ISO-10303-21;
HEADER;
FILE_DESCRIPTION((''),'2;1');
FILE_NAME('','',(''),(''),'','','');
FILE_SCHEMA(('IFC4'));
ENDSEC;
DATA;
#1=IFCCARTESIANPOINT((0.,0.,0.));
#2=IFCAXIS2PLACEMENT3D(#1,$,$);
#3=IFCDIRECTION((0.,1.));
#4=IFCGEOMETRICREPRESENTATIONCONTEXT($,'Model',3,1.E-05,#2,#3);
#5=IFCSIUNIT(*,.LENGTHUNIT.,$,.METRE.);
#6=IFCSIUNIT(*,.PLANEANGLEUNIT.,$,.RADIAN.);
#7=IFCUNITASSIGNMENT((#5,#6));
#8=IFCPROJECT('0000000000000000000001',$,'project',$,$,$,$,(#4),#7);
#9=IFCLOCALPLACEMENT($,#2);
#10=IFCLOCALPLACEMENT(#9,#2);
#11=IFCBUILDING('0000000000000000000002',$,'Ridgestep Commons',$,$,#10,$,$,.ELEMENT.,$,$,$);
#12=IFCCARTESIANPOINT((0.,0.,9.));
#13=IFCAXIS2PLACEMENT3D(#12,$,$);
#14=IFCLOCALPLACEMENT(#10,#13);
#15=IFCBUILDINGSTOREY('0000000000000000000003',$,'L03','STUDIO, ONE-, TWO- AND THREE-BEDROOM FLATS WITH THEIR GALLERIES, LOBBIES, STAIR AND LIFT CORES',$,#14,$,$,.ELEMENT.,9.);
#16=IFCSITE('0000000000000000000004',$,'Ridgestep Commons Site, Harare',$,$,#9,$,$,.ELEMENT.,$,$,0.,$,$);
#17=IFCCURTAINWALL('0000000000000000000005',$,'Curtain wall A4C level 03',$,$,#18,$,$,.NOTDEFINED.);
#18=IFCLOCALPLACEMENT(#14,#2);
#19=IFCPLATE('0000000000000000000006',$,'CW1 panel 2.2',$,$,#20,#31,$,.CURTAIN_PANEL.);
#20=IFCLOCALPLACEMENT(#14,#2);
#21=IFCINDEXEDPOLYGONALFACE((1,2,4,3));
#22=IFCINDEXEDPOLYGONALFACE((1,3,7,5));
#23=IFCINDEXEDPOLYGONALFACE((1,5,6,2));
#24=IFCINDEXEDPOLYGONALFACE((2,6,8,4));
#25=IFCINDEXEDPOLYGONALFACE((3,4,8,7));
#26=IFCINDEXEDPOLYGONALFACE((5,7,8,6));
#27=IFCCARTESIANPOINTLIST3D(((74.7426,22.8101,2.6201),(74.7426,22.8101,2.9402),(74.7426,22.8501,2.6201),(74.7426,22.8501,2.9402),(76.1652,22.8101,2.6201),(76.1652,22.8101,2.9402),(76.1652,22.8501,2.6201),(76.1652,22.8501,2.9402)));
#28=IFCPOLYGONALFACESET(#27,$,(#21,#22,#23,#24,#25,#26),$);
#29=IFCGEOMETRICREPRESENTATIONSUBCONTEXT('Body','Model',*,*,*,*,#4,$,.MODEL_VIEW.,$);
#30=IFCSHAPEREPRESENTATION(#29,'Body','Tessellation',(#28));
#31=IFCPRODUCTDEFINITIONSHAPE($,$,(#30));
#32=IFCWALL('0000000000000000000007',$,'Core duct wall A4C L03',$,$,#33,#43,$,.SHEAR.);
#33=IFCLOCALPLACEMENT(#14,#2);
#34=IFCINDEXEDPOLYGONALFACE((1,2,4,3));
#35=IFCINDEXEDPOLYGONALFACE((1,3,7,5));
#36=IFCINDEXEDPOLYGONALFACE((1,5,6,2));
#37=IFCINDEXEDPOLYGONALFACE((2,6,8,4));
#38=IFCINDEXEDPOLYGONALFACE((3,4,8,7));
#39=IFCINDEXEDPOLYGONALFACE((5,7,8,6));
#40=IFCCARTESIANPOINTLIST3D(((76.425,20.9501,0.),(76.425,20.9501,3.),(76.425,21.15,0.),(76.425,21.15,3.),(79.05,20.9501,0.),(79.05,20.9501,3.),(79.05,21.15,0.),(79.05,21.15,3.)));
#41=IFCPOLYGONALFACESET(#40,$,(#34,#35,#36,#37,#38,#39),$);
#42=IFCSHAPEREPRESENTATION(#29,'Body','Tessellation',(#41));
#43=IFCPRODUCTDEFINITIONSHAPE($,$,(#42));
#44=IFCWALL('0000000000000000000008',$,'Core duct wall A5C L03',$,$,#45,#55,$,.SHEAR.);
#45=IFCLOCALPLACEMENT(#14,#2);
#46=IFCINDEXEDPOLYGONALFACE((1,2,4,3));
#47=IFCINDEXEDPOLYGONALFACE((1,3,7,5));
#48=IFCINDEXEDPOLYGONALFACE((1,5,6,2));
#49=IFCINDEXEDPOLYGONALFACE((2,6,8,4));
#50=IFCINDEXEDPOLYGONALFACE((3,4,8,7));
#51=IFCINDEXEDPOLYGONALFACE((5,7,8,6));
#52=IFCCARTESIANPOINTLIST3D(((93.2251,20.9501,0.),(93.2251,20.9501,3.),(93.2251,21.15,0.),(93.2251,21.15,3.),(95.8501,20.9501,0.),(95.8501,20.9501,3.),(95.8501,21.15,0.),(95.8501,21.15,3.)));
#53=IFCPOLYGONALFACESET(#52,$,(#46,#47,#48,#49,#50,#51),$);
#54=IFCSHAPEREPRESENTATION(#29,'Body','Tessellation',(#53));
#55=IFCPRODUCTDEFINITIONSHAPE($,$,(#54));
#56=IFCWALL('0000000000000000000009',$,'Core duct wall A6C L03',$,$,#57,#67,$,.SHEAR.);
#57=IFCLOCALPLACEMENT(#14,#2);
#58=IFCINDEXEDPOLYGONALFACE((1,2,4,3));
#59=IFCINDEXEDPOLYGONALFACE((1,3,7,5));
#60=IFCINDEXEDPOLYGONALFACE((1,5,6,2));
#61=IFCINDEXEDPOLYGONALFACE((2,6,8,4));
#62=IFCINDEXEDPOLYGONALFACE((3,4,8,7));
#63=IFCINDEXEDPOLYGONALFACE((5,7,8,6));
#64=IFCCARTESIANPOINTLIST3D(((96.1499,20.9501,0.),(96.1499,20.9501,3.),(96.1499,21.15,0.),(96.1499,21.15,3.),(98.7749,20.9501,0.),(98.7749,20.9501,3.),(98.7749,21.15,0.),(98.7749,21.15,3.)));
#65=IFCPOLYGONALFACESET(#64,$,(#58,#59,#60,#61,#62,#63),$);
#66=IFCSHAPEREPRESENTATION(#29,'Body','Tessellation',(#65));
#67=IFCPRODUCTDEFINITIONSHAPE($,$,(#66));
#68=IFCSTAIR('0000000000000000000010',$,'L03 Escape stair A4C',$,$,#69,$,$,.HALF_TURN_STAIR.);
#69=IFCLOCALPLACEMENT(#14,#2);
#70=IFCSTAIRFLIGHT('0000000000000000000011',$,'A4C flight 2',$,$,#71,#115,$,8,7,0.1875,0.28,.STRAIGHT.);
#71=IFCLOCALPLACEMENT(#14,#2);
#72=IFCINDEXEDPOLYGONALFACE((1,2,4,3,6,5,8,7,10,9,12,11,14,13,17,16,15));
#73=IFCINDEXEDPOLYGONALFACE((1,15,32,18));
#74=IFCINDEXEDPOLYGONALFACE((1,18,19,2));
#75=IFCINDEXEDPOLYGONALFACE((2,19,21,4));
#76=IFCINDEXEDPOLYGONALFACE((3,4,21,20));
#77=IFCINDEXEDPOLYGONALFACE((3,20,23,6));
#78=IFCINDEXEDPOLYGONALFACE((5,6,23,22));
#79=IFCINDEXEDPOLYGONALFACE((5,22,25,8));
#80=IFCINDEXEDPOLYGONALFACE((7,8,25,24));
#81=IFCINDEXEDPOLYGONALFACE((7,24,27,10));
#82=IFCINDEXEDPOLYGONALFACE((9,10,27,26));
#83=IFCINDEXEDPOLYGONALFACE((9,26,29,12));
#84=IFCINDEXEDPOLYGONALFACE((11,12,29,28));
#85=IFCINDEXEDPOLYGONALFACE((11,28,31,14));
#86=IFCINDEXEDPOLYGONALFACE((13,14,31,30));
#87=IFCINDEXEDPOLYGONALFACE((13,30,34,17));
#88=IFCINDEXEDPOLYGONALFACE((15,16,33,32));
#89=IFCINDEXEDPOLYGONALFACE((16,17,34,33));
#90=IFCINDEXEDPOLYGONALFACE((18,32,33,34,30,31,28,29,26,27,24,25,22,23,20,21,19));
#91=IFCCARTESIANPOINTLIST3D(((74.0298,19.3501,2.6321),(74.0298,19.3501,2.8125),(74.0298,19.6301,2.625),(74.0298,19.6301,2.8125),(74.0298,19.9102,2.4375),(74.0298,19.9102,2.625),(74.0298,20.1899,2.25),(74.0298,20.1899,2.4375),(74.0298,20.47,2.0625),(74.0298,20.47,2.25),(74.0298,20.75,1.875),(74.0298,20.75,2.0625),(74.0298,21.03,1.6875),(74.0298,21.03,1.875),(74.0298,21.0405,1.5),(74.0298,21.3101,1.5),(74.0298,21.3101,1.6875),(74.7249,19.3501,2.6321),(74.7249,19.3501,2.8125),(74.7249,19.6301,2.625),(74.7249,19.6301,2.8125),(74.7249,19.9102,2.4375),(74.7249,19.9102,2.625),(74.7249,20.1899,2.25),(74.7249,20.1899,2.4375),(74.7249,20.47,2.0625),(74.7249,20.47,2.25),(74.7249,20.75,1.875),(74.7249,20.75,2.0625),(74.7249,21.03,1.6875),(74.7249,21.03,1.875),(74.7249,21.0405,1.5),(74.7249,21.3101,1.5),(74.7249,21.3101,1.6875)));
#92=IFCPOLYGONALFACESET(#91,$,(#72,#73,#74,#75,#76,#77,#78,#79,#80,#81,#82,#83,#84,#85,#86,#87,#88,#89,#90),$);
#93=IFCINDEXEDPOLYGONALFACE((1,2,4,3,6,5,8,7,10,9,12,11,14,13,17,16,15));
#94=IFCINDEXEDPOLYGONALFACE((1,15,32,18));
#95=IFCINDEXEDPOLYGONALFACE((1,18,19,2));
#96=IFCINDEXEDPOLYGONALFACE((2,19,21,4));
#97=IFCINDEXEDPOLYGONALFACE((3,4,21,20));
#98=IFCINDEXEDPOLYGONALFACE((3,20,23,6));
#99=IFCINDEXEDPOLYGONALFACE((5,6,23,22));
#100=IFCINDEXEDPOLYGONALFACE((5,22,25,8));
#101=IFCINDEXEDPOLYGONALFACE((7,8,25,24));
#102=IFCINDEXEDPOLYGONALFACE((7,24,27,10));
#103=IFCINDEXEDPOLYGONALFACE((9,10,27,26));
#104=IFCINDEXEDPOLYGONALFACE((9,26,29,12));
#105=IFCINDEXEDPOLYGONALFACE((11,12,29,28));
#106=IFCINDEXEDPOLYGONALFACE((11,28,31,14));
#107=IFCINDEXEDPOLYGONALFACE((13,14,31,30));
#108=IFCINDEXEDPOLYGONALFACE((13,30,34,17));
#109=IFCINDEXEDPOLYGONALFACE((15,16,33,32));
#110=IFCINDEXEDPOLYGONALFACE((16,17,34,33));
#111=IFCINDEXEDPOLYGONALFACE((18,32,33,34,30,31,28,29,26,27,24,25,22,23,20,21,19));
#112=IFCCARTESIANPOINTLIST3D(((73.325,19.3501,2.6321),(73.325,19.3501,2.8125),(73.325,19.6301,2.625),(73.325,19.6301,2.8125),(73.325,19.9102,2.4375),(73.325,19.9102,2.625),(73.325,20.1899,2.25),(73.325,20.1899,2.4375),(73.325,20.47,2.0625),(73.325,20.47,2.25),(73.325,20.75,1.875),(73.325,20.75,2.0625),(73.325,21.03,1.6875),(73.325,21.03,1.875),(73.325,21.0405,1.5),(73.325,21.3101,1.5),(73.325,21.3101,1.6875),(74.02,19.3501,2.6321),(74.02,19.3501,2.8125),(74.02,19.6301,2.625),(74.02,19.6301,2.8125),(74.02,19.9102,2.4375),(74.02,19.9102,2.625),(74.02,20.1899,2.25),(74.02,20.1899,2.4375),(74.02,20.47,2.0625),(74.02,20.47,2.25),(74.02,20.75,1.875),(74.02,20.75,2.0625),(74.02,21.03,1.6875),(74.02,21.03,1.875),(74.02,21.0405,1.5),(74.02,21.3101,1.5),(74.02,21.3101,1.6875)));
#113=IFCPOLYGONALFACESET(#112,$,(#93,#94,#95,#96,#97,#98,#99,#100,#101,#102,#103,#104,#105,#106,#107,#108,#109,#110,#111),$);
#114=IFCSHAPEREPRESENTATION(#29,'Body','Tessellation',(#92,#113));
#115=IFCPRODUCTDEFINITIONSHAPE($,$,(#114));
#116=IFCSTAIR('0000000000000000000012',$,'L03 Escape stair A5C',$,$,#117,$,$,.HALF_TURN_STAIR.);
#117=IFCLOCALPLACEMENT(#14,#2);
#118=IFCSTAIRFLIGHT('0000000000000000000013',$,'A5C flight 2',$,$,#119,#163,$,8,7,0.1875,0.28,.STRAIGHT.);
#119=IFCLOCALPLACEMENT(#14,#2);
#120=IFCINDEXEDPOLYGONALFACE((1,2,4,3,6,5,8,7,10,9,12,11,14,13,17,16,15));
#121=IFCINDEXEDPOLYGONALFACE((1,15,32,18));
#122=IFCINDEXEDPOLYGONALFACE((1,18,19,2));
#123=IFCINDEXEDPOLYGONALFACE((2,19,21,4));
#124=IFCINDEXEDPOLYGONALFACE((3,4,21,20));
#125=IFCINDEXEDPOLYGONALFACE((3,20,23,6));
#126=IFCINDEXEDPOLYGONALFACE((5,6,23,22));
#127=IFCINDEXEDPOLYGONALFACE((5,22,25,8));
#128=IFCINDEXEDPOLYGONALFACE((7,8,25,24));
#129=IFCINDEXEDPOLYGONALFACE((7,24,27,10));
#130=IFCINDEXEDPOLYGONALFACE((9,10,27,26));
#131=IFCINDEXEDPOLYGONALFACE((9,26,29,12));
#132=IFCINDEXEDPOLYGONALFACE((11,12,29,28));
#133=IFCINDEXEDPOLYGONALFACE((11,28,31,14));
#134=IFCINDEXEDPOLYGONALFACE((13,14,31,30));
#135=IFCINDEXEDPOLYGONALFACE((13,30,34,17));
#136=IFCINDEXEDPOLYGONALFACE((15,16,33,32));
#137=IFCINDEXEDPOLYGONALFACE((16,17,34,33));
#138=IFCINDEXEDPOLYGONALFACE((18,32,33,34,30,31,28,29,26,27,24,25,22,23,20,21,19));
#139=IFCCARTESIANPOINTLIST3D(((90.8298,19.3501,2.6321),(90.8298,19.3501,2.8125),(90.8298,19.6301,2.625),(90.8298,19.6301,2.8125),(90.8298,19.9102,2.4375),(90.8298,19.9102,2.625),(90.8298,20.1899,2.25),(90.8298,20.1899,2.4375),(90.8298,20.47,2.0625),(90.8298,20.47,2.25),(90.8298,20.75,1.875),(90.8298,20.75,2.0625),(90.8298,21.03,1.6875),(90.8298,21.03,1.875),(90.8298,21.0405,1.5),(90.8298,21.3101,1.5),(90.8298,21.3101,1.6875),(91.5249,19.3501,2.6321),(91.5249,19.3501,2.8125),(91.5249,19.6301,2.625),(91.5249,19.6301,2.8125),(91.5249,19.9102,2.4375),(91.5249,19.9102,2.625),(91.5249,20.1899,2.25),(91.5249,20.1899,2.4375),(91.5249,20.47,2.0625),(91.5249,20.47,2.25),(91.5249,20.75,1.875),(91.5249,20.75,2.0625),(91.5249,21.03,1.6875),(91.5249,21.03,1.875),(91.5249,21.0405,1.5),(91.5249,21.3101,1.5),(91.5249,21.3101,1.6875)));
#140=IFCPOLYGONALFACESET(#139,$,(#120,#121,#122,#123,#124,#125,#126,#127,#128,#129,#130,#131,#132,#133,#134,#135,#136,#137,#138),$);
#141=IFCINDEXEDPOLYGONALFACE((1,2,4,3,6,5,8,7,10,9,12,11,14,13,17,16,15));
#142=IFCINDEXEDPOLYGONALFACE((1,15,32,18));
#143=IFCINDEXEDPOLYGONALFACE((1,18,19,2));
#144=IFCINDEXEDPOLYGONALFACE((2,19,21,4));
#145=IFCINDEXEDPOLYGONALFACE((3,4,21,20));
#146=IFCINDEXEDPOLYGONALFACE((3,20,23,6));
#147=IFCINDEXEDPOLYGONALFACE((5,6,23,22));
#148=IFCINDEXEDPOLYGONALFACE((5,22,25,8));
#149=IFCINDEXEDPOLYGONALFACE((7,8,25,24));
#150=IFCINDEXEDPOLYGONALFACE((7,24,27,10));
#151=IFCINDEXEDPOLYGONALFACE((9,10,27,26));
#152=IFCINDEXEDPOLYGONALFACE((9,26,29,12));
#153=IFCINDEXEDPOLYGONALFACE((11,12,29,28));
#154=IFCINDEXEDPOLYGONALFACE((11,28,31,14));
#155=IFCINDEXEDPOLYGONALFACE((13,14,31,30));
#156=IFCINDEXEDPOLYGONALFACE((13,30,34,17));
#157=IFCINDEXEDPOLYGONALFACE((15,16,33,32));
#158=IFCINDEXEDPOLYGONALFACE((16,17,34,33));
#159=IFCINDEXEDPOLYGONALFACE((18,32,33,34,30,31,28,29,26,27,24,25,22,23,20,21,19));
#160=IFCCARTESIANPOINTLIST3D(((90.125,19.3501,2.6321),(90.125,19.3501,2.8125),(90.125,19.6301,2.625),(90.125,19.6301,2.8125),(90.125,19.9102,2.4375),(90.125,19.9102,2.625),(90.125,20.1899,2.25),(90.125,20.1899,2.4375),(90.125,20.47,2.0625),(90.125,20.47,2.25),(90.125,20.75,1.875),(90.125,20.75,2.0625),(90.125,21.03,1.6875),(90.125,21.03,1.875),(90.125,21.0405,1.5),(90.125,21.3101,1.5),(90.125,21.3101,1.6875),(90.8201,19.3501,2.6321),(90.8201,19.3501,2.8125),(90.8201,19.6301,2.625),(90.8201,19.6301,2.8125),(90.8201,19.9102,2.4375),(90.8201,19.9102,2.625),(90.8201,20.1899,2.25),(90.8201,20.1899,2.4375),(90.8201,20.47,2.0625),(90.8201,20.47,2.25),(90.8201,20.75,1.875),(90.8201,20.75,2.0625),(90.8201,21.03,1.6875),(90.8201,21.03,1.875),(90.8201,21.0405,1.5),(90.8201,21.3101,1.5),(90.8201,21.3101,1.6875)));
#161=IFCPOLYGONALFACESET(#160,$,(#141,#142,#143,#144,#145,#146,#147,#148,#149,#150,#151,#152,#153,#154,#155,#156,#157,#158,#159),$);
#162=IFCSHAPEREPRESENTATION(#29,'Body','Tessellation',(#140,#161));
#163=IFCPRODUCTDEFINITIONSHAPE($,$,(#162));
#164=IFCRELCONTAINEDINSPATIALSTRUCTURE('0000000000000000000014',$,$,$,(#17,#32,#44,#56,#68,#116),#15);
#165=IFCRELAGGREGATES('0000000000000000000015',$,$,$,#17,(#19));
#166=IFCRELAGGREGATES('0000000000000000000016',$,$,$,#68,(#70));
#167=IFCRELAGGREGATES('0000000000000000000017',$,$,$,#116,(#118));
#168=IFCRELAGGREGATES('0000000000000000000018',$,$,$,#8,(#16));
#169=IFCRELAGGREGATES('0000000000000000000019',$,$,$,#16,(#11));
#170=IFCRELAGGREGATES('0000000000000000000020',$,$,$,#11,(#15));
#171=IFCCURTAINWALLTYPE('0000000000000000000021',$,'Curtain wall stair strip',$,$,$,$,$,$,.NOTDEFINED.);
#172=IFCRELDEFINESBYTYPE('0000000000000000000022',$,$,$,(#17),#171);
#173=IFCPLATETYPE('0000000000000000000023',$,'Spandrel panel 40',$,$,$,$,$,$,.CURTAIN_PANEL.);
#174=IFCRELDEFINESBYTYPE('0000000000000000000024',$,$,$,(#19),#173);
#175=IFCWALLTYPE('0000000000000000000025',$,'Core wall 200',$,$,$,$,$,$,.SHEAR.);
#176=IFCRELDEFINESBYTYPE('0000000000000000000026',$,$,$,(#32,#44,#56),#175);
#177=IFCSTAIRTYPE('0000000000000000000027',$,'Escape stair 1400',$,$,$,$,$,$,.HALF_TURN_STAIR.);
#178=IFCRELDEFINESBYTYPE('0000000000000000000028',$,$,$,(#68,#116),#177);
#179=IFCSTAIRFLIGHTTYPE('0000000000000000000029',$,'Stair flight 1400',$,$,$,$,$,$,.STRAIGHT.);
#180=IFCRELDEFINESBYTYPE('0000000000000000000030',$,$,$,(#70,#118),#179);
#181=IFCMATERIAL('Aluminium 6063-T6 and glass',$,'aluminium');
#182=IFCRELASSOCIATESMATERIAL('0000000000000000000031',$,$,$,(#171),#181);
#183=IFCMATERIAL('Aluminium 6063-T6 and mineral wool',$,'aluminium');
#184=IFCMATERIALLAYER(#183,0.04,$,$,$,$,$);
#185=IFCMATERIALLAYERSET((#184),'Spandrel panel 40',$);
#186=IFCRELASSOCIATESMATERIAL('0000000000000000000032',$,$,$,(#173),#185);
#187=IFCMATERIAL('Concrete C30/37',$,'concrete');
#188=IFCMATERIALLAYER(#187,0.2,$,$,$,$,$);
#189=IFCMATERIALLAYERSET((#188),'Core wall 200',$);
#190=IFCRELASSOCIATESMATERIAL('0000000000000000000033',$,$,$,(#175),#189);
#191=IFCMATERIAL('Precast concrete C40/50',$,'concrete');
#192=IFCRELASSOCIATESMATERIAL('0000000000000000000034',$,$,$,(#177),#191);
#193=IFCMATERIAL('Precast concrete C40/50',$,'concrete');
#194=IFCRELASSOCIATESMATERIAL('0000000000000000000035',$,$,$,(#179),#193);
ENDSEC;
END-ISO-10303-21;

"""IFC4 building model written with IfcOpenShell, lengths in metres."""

from ifc_helpers import new_model, si_unit, direction, frame, frame_2d, origin, origin_2d, place, context, subcontext, project, spatial, polyline, rectangle, outline, extrude, material, layer, layer_set, type_object, element, aggregate, save


model = new_model("IFC4")

# Units and contexts
model_context = context("Model", 3, precision=1e-05, world=origin(), true_north=direction((0.0, 1.0)))
body_context = subcontext(model_context, "Body", "Model", "MODEL_VIEW")
ifc_project = project(units=[si_unit("LENGTHUNIT", "METRE"), si_unit("PLANEANGLEUNIT", "RADIAN")], contexts=[model_context])

# Site, building, storey
site_placement = place(None, origin())
site = spatial("IfcSite", under=ifc_project, at=site_placement, Name="Ridgestep Commons Site, Harare", CompositionType="ELEMENT", RefElevation=0.0)
building_placement = place(site_placement, origin())
building = spatial("IfcBuilding", under=site, at=building_placement, Name="Ridgestep Commons", CompositionType="ELEMENT")
storey_placement = place(building_placement, frame((0.0, 0.0, 9.0)))
storey = spatial("IfcBuildingStorey", under=building, at=storey_placement, Name="L03", Description="STUDIO, ONE-, TWO- AND THREE-BEDROOM FLATS WITH THEIR GALLERIES, LOBBIES, STAIR AND LIFT CORES", CompositionType="ELEMENT", Elevation=9.0)

# Curtain wall
ifc_material_1 = material(Name="Aluminium 6063-T6 and glass", Category="aluminium")
curtain_wall_type = type_object("IfcCurtainWallType", Name="Curtain wall stair strip", PredefinedType="NOTDEFINED", material=ifc_material_1)
curtain_wall_1_placement = place(storey_placement, origin())
curtain_wall_1 = element("IfcCurtainWall", 1, at=curtain_wall_1_placement, inside=storey, type_object=curtain_wall_type, Name="Curtain wall A4C level 03", PredefinedType="NOTDEFINED")

# Plate
ifc_material_2 = material(Name="Aluminium 6063-T6 and mineral wool", Category="aluminium")
ifc_layer_1 = layer(ifc_material_2, 0.04)
ifc_layer_set_1 = layer_set([ifc_layer_1], Name="Spandrel panel 40")
plate_type_1 = type_object("IfcPlateType", Name="Spandrel panel 40", PredefinedType="CURTAIN_PANEL", material=ifc_layer_set_1)
plate_1_placement = place(storey_placement, frame((75.4539, 22.8301, 2.6201), z_axis=(0.0, 0.0, 1.0), x_axis=(1.0, 0.0, 0.0)))
plate_1 = element("IfcPlate", 2, at=plate_1_placement, type_object=plate_type_1, Name="CW1 panel 2.2", PredefinedType="CURTAIN_PANEL", context=body_context, shape_type="SweptSolid", body=[
    extrude(rectangle(XDim=1.4226, YDim=0.04, at=origin_2d()), origin(), (0.0, 0.0, 1.0), 0.3201),
])
aggregate(curtain_wall_1, [plate_1])

# Walls
ifc_material_3 = material(Name="Concrete C30/37", Category="concrete")
ifc_layer_2 = layer(ifc_material_3, 0.2)
ifc_layer_set_2 = layer_set([ifc_layer_2], Name="Core wall 200")
wall_type = type_object("IfcWallType", Name="Core wall 200", PredefinedType="SHEAR", material=ifc_layer_set_2)
for number, where, z_axis, x_axis, name in (
    (3, (76.425, 21.05, 0.0), (0.0, 0.0, 1.0), (1.0, 0.0, 0.0), "Core duct wall A4C L03"),
    (4, (93.2251, 21.05, 0.0), (0.0, 0.0, 1.0), (1.0, 0.0, 0.0), "Core duct wall A5C L03"),
    (5, (96.1499, 21.05, 0.0), (0.0, 0.0, 1.0), (1.0, 0.0, 0.0), "Core duct wall A6C L03"),
):
    element("IfcWall", number, at=place(storey_placement, frame(where, z_axis=z_axis, x_axis=x_axis)), inside=storey, type_object=wall_type, Name=name, PredefinedType="SHEAR", context=body_context, shape_type="SweptSolid", body=[
        extrude(rectangle(XDim=2.625, YDim=0.2, at=frame_2d((1.3125, 0.0))), origin(), (0.0, 0.0, 1.0), 3.0),
    ])

# Stairs, stair flights
ifc_material_4 = material(Name="Precast concrete C40/50", Category="concrete")
stair_type = type_object("IfcStairType", Name="Escape stair 1400", PredefinedType="HALF_TURN_STAIR", material=ifc_material_4)
stair_1_placement = place(storey_placement, origin())
stair_1 = element("IfcStair", 6, at=stair_1_placement, inside=storey, type_object=stair_type, Name="L03 Escape stair A4C", PredefinedType="HALF_TURN_STAIR")
ifc_material_5 = material(Name="Precast concrete C40/50", Category="concrete")
stair_flight_type = type_object("IfcStairFlightType", Name="Stair flight 1400", PredefinedType="STRAIGHT", material=ifc_material_5)
stair_flight_1_placement = place(storey_placement, frame((74.0249, 21.3101, 1.5), z_axis=(0.0, 0.0, 1.0), x_axis=(0.0, -1.0, 0.0)))
stair_flight_1 = element("IfcStairFlight", 7, at=stair_flight_1_placement, type_object=stair_flight_type, Name="A4C flight 2", NumberOfRisers=8, NumberOfTreads=7, PredefinedType="STRAIGHT", RiserHeight=0.1875, TreadLength=0.28, context=body_context, shape_type="SweptSolid", body=[
    extrude(outline(polyline([(0.0, 0.0), (0.0, 0.1875), (0.28, 0.1875), (0.28, 0.375), (0.5601, 0.375), (0.5601, 0.5625), (0.8401, 0.5625), (0.8401, 0.75), (1.1201, 0.75), (1.1201, 0.9375), (1.3999, 0.9375), (1.3999, 1.125), (1.6799, 1.125), (1.6799, 1.3125), (1.96, 1.3125), (1.96, 1.5), (1.96, 1.1321), (0.2695, 0.0), (0.0, 0.0)])), frame((0.0, 0.7, 0.0), z_axis=(0.0, -1.0, 0.0), x_axis=(1.0, 0.0, 0.0)), (0.0, 0.0, 1.0), 0.6951),
    extrude(outline(polyline([(0.0, 0.0), (0.0, 0.1875), (0.28, 0.1875), (0.28, 0.375), (0.5601, 0.375), (0.5601, 0.5625), (0.8401, 0.5625), (0.8401, 0.75), (1.1201, 0.75), (1.1201, 0.9375), (1.3999, 0.9375), (1.3999, 1.125), (1.6799, 1.125), (1.6799, 1.3125), (1.96, 1.3125), (1.96, 1.5), (1.96, 1.1321), (0.2695, 0.0), (0.0, 0.0)])), frame((0.0, -0.0049, 0.0), z_axis=(0.0, -1.0, 0.0), x_axis=(1.0, 0.0, 0.0)), (0.0, 0.0, 1.0), 0.6951),
])
aggregate(stair_1, [stair_flight_1])
stair_2_placement = place(storey_placement, origin())
stair_2 = element("IfcStair", 8, at=stair_2_placement, inside=storey, type_object=stair_type, Name="L03 Escape stair A5C", PredefinedType="HALF_TURN_STAIR")
stair_flight_2_placement = place(storey_placement, frame((90.825, 21.3101, 1.5), z_axis=(0.0, 0.0, 1.0), x_axis=(0.0, -1.0, 0.0)))
stair_flight_2 = element("IfcStairFlight", 9, at=stair_flight_2_placement, type_object=stair_flight_type, Name="A5C flight 2", NumberOfRisers=8, NumberOfTreads=7, PredefinedType="STRAIGHT", RiserHeight=0.1875, TreadLength=0.28, context=body_context, shape_type="SweptSolid", body=[
    extrude(outline(polyline([(0.0, 0.0), (0.0, 0.1875), (0.28, 0.1875), (0.28, 0.375), (0.5601, 0.375), (0.5601, 0.5625), (0.8401, 0.5625), (0.8401, 0.75), (1.1201, 0.75), (1.1201, 0.9375), (1.3999, 0.9375), (1.3999, 1.125), (1.6799, 1.125), (1.6799, 1.3125), (1.96, 1.3125), (1.96, 1.5), (1.96, 1.1321), (0.2695, 0.0), (0.0, 0.0)])), frame((0.0, 0.7, 0.0), z_axis=(0.0, -1.0, 0.0), x_axis=(1.0, 0.0, 0.0)), (0.0, 0.0, 1.0), 0.6951),
    extrude(outline(polyline([(0.0, 0.0), (0.0, 0.1875), (0.28, 0.1875), (0.28, 0.375), (0.5601, 0.375), (0.5601, 0.5625), (0.8401, 0.5625), (0.8401, 0.75), (1.1201, 0.75), (1.1201, 0.9375), (1.3999, 0.9375), (1.3999, 1.125), (1.6799, 1.125), (1.6799, 1.3125), (1.96, 1.3125), (1.96, 1.5), (1.96, 1.1321), (0.2695, 0.0), (0.0, 0.0)])), frame((0.0, -0.0049, 0.0), z_axis=(0.0, -1.0, 0.0), x_axis=(1.0, 0.0, 0.0)), (0.0, 0.0, 1.0), 0.6951),
])
aggregate(stair_2, [stair_flight_2])

save(model, "model.ifc")
